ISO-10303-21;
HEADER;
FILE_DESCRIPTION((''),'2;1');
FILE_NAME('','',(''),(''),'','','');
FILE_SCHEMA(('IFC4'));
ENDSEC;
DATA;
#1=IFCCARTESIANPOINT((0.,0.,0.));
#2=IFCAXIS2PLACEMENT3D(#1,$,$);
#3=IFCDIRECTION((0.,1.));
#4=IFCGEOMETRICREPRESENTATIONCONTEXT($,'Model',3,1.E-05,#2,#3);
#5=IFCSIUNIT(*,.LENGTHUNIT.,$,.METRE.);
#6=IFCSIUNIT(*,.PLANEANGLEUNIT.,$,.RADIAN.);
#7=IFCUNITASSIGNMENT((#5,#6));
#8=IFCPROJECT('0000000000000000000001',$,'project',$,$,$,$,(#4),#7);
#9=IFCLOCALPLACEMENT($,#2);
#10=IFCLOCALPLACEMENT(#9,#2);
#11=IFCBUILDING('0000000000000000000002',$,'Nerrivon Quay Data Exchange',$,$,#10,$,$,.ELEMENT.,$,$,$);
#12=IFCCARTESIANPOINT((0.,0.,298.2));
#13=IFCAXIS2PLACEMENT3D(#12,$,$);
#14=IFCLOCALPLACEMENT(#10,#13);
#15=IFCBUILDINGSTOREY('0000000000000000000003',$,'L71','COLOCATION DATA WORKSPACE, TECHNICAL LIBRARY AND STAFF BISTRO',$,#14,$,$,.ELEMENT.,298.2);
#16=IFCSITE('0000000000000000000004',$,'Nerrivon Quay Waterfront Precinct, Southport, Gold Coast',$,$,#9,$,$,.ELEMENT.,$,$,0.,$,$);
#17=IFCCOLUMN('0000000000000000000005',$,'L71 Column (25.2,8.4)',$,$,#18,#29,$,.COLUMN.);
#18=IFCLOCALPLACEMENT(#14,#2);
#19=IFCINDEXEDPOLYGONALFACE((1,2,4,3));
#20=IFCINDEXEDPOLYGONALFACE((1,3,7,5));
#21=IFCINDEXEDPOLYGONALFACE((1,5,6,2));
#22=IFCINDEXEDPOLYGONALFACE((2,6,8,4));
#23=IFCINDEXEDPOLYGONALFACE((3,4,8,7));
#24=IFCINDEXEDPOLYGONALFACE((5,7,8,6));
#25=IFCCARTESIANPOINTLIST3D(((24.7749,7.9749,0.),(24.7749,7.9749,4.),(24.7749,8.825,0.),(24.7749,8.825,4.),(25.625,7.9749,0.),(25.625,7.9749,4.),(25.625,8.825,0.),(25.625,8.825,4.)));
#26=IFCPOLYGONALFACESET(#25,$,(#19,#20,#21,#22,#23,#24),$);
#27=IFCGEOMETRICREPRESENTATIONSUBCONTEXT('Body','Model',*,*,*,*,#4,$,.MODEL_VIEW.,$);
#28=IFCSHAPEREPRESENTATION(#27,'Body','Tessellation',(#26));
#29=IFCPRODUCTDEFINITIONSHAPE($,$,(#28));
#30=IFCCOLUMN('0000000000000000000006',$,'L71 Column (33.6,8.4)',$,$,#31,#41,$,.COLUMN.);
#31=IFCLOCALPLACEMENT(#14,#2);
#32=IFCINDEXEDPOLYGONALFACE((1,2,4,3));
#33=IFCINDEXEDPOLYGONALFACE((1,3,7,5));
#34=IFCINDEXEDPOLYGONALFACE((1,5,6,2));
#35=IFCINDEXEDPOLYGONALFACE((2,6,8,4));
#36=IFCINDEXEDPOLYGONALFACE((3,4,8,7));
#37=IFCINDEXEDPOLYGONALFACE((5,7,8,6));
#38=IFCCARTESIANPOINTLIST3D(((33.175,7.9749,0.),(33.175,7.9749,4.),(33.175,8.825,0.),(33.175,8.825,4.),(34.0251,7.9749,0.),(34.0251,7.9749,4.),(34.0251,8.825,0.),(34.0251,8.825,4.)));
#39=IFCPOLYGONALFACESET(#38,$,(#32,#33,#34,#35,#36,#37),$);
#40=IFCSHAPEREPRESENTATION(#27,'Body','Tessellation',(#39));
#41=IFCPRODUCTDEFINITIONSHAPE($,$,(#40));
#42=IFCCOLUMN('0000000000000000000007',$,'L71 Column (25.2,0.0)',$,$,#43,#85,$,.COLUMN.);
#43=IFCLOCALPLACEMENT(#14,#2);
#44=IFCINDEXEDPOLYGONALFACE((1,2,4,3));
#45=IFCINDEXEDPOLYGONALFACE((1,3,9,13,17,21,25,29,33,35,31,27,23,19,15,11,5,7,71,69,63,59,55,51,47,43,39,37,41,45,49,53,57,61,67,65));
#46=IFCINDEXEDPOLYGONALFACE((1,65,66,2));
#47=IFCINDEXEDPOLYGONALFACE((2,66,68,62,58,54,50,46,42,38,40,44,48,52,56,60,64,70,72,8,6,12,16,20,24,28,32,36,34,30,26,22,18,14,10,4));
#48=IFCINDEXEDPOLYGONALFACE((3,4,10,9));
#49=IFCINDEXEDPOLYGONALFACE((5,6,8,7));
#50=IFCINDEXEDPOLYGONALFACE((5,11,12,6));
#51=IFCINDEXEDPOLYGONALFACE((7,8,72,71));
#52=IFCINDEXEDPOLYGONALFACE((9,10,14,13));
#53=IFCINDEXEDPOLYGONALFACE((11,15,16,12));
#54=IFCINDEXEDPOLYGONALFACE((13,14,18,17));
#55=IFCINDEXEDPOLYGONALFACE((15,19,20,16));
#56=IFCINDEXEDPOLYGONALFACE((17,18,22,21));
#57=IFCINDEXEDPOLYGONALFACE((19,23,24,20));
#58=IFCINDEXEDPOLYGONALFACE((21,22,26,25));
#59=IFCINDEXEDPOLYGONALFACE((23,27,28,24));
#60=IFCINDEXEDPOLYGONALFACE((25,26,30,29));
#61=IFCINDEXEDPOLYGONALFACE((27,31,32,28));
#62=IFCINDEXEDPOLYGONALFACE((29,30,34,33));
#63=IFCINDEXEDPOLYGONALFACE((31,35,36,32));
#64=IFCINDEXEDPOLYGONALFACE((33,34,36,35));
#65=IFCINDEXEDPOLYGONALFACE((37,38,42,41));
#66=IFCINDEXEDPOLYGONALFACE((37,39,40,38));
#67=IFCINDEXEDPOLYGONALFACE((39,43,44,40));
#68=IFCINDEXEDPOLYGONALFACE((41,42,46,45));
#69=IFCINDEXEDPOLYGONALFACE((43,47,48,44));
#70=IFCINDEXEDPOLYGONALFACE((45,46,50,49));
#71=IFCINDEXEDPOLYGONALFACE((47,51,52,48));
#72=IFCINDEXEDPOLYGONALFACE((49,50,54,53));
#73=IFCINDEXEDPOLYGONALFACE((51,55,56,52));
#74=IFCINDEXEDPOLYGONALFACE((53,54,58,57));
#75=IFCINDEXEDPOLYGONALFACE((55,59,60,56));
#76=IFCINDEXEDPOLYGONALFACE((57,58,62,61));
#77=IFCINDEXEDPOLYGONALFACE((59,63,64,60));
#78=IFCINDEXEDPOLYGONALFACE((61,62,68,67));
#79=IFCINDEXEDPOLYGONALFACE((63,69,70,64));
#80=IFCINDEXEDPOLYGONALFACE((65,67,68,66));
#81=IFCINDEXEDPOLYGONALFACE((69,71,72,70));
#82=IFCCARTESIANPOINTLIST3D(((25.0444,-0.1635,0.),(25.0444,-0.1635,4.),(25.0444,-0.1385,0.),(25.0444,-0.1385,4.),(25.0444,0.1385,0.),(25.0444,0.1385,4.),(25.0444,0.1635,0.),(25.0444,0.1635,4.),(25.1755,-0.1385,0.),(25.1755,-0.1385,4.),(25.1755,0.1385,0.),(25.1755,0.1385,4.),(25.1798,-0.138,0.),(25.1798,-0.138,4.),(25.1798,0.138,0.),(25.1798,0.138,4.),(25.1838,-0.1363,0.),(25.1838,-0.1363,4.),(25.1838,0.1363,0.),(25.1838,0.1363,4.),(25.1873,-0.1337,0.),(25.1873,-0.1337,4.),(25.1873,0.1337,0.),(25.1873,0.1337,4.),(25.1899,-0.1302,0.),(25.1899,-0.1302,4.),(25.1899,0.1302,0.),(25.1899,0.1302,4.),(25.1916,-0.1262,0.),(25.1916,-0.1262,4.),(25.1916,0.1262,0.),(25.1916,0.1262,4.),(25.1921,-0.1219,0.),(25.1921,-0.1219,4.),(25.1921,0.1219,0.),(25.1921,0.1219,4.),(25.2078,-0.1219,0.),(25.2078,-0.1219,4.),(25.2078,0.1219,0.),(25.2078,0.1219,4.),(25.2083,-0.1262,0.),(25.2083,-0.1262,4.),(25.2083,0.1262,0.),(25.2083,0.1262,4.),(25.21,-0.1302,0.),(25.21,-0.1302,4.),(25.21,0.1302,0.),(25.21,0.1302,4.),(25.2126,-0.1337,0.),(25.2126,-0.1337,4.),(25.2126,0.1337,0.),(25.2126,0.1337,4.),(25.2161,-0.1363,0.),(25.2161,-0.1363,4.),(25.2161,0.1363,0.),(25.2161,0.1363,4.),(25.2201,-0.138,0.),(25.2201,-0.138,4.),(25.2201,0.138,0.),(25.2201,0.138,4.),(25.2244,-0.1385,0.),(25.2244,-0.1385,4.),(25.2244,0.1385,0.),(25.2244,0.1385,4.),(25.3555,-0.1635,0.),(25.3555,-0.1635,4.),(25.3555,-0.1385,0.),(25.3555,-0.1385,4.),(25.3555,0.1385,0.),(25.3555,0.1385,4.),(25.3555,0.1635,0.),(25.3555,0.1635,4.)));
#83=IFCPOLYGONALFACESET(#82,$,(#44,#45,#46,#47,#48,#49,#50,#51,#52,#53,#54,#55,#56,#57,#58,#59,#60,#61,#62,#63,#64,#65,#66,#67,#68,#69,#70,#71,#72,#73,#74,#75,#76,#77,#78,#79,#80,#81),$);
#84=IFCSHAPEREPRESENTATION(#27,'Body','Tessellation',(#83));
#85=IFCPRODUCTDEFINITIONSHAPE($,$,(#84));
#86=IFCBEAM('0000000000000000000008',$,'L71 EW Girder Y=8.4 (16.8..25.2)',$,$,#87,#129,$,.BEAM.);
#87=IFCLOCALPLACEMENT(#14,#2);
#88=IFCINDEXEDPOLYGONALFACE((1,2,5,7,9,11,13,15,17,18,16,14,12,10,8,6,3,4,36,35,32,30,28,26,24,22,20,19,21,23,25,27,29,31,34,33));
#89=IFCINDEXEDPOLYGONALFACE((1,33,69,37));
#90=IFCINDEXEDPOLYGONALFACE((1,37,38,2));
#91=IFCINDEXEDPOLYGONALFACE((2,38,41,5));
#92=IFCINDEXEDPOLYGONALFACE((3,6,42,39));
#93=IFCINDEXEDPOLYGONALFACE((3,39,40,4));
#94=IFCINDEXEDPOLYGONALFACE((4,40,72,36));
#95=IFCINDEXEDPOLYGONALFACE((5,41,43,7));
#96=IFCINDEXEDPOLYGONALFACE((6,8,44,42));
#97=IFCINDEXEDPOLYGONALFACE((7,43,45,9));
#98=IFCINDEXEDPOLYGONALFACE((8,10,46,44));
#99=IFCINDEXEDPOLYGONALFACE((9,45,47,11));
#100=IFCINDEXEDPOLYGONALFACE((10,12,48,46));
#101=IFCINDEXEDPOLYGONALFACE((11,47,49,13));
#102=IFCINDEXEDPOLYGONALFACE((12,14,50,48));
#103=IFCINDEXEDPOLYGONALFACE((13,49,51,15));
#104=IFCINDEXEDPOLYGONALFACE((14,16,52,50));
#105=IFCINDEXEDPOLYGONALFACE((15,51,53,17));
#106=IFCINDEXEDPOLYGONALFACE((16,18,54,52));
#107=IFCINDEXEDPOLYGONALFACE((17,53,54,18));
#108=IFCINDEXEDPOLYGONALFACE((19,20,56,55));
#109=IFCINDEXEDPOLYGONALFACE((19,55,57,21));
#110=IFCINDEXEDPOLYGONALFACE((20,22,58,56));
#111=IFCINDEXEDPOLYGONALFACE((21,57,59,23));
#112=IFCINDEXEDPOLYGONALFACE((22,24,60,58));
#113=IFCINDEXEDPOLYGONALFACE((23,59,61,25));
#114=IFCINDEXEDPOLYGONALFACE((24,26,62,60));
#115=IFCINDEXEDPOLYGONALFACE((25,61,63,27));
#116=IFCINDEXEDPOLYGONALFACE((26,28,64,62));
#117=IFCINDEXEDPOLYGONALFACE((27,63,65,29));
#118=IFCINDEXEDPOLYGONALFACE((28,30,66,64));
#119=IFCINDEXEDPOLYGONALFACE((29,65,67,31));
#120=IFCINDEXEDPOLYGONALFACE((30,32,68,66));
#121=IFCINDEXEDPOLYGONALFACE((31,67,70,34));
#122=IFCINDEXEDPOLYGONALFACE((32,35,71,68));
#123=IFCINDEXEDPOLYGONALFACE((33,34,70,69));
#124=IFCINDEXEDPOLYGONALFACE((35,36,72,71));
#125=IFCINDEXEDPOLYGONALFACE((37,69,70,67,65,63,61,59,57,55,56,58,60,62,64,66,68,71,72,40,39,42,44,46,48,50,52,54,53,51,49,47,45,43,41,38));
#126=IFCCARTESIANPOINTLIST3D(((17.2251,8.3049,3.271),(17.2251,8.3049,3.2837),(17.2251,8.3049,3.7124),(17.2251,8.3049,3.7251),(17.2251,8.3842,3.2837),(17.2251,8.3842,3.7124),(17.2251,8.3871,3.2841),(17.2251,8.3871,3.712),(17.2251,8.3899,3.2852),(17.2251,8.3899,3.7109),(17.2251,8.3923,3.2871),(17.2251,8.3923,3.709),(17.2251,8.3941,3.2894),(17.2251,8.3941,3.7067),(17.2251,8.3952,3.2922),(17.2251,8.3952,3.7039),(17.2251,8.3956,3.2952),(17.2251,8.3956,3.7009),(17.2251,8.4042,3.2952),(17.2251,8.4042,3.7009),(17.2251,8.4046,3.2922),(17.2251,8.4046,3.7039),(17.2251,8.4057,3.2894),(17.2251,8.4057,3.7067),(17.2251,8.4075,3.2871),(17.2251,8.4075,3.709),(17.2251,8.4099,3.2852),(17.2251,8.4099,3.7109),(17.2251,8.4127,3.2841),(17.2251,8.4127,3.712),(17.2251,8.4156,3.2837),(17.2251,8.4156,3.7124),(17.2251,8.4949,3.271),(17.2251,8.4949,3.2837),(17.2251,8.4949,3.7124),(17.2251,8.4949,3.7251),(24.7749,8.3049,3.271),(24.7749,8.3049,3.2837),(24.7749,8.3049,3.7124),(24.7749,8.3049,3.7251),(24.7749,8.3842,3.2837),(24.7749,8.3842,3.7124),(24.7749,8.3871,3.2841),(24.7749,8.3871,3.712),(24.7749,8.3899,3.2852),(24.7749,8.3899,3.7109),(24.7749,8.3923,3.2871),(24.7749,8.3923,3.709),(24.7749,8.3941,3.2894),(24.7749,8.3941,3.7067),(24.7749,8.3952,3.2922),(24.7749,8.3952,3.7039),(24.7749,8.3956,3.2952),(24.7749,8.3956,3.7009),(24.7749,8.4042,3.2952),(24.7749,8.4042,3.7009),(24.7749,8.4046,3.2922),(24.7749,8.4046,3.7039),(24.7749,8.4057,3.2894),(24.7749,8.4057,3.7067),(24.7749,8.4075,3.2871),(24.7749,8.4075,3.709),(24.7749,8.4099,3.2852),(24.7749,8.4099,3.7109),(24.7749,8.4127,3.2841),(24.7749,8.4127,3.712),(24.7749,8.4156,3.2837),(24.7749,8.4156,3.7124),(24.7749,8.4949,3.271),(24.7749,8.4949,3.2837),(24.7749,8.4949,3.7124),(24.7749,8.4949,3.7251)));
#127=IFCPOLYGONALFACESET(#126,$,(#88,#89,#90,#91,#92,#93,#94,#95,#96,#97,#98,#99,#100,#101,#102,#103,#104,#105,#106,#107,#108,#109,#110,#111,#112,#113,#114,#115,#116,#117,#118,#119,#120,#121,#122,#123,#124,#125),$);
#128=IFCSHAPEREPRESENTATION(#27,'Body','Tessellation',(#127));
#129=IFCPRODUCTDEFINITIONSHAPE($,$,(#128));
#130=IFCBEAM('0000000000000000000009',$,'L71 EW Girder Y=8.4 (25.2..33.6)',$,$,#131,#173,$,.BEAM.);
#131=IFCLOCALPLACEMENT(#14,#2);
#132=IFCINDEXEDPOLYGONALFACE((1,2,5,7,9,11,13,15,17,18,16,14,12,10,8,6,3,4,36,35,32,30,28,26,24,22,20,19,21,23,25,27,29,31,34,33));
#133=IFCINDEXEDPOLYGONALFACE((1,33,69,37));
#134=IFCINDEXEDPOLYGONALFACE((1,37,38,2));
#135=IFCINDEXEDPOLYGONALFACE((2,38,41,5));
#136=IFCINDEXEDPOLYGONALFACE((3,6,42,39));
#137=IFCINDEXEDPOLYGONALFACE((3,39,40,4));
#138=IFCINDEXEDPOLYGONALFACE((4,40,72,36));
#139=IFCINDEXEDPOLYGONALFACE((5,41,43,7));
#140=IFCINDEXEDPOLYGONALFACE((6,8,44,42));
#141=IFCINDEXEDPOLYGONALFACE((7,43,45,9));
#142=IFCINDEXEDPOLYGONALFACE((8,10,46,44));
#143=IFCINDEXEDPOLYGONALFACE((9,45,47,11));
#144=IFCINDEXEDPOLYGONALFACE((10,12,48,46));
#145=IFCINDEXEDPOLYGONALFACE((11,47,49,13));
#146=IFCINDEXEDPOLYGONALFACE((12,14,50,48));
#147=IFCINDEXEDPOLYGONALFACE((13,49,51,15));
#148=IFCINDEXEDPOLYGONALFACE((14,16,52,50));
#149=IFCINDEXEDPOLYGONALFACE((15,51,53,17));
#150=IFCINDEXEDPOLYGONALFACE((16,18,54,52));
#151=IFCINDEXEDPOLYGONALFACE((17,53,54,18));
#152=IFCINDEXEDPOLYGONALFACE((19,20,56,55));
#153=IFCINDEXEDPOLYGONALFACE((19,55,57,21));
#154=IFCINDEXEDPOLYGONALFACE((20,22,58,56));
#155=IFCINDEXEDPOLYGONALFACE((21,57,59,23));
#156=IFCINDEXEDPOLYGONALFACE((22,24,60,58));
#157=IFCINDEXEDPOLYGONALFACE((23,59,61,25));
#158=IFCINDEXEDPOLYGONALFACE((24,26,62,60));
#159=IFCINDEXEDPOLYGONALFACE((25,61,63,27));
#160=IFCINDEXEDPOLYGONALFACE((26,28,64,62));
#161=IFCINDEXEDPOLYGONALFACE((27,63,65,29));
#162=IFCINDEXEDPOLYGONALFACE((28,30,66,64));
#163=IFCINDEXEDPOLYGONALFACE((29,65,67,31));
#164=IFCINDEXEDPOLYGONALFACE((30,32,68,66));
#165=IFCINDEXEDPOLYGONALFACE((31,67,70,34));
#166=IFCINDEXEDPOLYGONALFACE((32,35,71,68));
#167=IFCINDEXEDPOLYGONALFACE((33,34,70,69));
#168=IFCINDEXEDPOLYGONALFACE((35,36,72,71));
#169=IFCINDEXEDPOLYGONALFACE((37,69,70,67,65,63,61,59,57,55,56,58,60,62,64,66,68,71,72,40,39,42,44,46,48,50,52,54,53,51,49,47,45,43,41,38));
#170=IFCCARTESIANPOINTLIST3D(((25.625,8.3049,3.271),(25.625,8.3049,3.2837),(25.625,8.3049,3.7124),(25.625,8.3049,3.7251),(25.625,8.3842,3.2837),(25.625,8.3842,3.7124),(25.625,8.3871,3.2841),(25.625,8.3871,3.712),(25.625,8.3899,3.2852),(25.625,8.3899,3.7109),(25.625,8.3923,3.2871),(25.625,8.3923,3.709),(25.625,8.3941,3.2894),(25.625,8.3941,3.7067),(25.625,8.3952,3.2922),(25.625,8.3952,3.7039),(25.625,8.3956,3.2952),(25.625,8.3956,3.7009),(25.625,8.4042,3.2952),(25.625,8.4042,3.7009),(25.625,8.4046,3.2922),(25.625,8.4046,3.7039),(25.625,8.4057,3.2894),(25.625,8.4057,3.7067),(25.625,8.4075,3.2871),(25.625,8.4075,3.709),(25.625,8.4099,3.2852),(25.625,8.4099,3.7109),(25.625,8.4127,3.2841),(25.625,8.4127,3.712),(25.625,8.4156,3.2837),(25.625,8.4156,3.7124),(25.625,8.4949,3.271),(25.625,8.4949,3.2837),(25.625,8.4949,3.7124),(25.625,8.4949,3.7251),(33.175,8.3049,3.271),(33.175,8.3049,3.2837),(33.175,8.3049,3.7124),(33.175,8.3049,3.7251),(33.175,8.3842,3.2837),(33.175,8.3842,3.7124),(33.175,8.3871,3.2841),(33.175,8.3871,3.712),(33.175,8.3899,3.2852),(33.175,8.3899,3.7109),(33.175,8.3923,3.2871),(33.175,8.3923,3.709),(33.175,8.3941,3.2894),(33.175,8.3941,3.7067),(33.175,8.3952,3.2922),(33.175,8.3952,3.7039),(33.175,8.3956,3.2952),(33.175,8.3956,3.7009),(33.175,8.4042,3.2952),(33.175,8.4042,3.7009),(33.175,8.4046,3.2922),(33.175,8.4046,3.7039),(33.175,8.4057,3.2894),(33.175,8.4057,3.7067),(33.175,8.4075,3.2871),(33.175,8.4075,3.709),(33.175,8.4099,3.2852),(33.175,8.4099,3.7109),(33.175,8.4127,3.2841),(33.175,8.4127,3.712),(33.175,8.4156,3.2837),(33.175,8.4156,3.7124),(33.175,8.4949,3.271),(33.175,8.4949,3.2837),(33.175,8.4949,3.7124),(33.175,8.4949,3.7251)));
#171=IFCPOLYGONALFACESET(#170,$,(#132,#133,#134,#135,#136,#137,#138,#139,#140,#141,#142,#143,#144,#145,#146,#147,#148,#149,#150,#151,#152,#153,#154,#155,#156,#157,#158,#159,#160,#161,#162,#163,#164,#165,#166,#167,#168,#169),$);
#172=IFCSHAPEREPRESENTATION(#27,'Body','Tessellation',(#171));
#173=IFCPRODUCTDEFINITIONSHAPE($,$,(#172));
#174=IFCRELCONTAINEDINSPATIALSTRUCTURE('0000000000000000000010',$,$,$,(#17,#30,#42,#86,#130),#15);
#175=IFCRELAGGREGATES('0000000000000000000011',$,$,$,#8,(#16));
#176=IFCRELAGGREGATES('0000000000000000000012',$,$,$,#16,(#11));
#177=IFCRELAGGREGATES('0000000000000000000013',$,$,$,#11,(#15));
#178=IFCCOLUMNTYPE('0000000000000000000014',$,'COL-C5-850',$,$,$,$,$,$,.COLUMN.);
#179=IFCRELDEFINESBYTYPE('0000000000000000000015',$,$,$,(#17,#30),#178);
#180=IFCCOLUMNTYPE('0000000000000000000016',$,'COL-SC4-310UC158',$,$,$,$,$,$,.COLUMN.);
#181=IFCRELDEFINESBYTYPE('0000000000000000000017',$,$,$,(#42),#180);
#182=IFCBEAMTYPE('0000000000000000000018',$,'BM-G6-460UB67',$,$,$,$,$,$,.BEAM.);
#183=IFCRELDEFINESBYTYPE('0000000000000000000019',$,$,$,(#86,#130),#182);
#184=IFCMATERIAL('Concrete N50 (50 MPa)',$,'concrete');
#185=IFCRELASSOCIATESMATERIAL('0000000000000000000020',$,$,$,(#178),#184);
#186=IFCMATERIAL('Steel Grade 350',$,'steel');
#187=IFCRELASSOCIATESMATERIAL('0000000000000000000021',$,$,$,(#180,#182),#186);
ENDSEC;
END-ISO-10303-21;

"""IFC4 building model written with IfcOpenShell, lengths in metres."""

from ifc_helpers import new_model, si_unit, direction, frame, origin, origin_2d, place, context, subcontext, project, spatial, rectangle, i_section, extrude, material, material_profile, profile_set, type_object, element, save


model = new_model("IFC4")

# Units and contexts
model_context = context("Model", 3, precision=1e-05, world=origin(), true_north=direction((0.0, 1.0)))
body_context = subcontext(model_context, "Body", "Model", "MODEL_VIEW")
ifc_project = project(units=[si_unit("LENGTHUNIT", "METRE"), si_unit("PLANEANGLEUNIT", "RADIAN")], contexts=[model_context])

# Site, building, storey
site_placement = place(None, origin())
site = spatial("IfcSite", under=ifc_project, at=site_placement, Name="Nerrivon Quay Waterfront Precinct, Southport, Gold Coast", CompositionType="ELEMENT", RefElevation=0.0)
building_placement = place(site_placement, origin())
building = spatial("IfcBuilding", under=site, at=building_placement, Name="Nerrivon Quay Data Exchange", CompositionType="ELEMENT")
storey_placement = place(building_placement, frame((0.0, 0.0, 298.2)))
storey = spatial("IfcBuildingStorey", under=building, at=storey_placement, Name="L71", Description="COLOCATION DATA WORKSPACE, TECHNICAL LIBRARY AND STAFF BISTRO", CompositionType="ELEMENT", Elevation=298.2)

# Columns
ifc_material_1 = material(Name="Concrete N50 (50 MPa)", Category="concrete")
ifc_material_profile_1 = material_profile(ifc_material_1, rectangle(XDim=0.8501, YDim=0.8501, at=origin_2d()), Name="RC-COL-850x850")
ifc_profile_set_1 = profile_set([ifc_material_profile_1], Name="Concrete N50 (50 MPa)")
column_type_1 = type_object("IfcColumnType", Name="COL-C5-850", PredefinedType="COLUMN", material=ifc_profile_set_1)
for number, where, z_axis, x_axis, name in (
    (1, (25.2, 8.3999, 0.0), (0.0, 0.0, 1.0), (1.0, 0.0, 0.0), "L71 Column (25.2,8.4)"),
    (2, (33.6001, 8.3999, 0.0), (0.0, 0.0, 1.0), (1.0, 0.0, 0.0), "L71 Column (33.6,8.4)"),
):
    element("IfcColumn", number, at=place(storey_placement, frame(where, z_axis=z_axis, x_axis=x_axis)), inside=storey, type_object=column_type_1, Name=name, PredefinedType="COLUMN", context=body_context, shape_type="SweptSolid", body=[
        extrude(rectangle(XDim=0.8501, YDim=0.8501, at=origin_2d()), origin(), (0.0, 0.0, 1.0), 4.0),
    ])
ifc_material_2 = material(Name="Steel Grade 350", Category="steel")
ifc_material_profile_2 = material_profile(ifc_material_2, i_section(OverallWidth=0.311, OverallDepth=0.3269, WebThickness=0.0156, FlangeThickness=0.0249, FilletRadius=0.0166, at=origin_2d()), Name="310UC158")
ifc_profile_set_2 = profile_set([ifc_material_profile_2], Name="Steel Grade 350")
column_type_2 = type_object("IfcColumnType", Name="COL-SC4-310UC158", PredefinedType="COLUMN", material=ifc_profile_set_2)
column_placement = place(storey_placement, frame((25.2, 0.0, 0.0), z_axis=(0.0, 0.0, 1.0), x_axis=(1.0, 0.0, 0.0)))
element("IfcColumn", 3, at=column_placement, inside=storey, type_object=column_type_2, Name="L71 Column (25.2,0.0)", PredefinedType="COLUMN", context=body_context, shape_type="SweptSolid", body=[
    extrude(i_section(OverallWidth=0.311, OverallDepth=0.3269, WebThickness=0.0156, FlangeThickness=0.0249, FilletRadius=0.0166, at=origin_2d()), origin(), (0.0, 0.0, 1.0), 4.0),
])

# Beams
ifc_material_profile_3 = material_profile(ifc_material_2, i_section(OverallWidth=0.1899, OverallDepth=0.4541, WebThickness=0.0085, FlangeThickness=0.0127, FilletRadius=0.0115, at=origin_2d()), Name="460UB67.1")
ifc_profile_set_3 = profile_set([ifc_material_profile_3], Name="Steel Grade 350")
beam_type_1 = type_object("IfcBeamType", Name="BM-G6-460UB67", PredefinedType="BEAM", material=ifc_profile_set_3)
beam_1_placement = place(storey_placement, frame((17.2251, 8.3999, 3.498), z_axis=(1.0, 0.0, 0.0), x_axis=(0.0, 1.0, 0.0)))
element("IfcBeam", 4, at=beam_1_placement, inside=storey, type_object=beam_type_1, Name="L71 EW Girder Y=8.4 (16.8..25.2)", PredefinedType="BEAM", context=body_context, shape_type="SweptSolid", body=[
    extrude(i_section(OverallWidth=0.1899, OverallDepth=0.4541, WebThickness=0.0085, FlangeThickness=0.0127, FilletRadius=0.0115, at=origin_2d()), origin(), (0.0, 0.0, 1.0), 7.5498),
])
beam_2_placement = place(storey_placement, frame((25.625, 8.3999, 3.498), z_axis=(1.0, 0.0, 0.0), x_axis=(0.0, 1.0, 0.0)))
element("IfcBeam", 5, at=beam_2_placement, inside=storey, type_object=beam_type_1, Name="L71 EW Girder Y=8.4 (25.2..33.6)", PredefinedType="BEAM", context=body_context, shape_type="SweptSolid", body=[
    extrude(i_section(OverallWidth=0.1899, OverallDepth=0.4541, WebThickness=0.0085, FlangeThickness=0.0127, FilletRadius=0.0115, at=origin_2d()), origin(), (0.0, 0.0, 1.0), 7.55),
])

save(model, "model.ifc")
